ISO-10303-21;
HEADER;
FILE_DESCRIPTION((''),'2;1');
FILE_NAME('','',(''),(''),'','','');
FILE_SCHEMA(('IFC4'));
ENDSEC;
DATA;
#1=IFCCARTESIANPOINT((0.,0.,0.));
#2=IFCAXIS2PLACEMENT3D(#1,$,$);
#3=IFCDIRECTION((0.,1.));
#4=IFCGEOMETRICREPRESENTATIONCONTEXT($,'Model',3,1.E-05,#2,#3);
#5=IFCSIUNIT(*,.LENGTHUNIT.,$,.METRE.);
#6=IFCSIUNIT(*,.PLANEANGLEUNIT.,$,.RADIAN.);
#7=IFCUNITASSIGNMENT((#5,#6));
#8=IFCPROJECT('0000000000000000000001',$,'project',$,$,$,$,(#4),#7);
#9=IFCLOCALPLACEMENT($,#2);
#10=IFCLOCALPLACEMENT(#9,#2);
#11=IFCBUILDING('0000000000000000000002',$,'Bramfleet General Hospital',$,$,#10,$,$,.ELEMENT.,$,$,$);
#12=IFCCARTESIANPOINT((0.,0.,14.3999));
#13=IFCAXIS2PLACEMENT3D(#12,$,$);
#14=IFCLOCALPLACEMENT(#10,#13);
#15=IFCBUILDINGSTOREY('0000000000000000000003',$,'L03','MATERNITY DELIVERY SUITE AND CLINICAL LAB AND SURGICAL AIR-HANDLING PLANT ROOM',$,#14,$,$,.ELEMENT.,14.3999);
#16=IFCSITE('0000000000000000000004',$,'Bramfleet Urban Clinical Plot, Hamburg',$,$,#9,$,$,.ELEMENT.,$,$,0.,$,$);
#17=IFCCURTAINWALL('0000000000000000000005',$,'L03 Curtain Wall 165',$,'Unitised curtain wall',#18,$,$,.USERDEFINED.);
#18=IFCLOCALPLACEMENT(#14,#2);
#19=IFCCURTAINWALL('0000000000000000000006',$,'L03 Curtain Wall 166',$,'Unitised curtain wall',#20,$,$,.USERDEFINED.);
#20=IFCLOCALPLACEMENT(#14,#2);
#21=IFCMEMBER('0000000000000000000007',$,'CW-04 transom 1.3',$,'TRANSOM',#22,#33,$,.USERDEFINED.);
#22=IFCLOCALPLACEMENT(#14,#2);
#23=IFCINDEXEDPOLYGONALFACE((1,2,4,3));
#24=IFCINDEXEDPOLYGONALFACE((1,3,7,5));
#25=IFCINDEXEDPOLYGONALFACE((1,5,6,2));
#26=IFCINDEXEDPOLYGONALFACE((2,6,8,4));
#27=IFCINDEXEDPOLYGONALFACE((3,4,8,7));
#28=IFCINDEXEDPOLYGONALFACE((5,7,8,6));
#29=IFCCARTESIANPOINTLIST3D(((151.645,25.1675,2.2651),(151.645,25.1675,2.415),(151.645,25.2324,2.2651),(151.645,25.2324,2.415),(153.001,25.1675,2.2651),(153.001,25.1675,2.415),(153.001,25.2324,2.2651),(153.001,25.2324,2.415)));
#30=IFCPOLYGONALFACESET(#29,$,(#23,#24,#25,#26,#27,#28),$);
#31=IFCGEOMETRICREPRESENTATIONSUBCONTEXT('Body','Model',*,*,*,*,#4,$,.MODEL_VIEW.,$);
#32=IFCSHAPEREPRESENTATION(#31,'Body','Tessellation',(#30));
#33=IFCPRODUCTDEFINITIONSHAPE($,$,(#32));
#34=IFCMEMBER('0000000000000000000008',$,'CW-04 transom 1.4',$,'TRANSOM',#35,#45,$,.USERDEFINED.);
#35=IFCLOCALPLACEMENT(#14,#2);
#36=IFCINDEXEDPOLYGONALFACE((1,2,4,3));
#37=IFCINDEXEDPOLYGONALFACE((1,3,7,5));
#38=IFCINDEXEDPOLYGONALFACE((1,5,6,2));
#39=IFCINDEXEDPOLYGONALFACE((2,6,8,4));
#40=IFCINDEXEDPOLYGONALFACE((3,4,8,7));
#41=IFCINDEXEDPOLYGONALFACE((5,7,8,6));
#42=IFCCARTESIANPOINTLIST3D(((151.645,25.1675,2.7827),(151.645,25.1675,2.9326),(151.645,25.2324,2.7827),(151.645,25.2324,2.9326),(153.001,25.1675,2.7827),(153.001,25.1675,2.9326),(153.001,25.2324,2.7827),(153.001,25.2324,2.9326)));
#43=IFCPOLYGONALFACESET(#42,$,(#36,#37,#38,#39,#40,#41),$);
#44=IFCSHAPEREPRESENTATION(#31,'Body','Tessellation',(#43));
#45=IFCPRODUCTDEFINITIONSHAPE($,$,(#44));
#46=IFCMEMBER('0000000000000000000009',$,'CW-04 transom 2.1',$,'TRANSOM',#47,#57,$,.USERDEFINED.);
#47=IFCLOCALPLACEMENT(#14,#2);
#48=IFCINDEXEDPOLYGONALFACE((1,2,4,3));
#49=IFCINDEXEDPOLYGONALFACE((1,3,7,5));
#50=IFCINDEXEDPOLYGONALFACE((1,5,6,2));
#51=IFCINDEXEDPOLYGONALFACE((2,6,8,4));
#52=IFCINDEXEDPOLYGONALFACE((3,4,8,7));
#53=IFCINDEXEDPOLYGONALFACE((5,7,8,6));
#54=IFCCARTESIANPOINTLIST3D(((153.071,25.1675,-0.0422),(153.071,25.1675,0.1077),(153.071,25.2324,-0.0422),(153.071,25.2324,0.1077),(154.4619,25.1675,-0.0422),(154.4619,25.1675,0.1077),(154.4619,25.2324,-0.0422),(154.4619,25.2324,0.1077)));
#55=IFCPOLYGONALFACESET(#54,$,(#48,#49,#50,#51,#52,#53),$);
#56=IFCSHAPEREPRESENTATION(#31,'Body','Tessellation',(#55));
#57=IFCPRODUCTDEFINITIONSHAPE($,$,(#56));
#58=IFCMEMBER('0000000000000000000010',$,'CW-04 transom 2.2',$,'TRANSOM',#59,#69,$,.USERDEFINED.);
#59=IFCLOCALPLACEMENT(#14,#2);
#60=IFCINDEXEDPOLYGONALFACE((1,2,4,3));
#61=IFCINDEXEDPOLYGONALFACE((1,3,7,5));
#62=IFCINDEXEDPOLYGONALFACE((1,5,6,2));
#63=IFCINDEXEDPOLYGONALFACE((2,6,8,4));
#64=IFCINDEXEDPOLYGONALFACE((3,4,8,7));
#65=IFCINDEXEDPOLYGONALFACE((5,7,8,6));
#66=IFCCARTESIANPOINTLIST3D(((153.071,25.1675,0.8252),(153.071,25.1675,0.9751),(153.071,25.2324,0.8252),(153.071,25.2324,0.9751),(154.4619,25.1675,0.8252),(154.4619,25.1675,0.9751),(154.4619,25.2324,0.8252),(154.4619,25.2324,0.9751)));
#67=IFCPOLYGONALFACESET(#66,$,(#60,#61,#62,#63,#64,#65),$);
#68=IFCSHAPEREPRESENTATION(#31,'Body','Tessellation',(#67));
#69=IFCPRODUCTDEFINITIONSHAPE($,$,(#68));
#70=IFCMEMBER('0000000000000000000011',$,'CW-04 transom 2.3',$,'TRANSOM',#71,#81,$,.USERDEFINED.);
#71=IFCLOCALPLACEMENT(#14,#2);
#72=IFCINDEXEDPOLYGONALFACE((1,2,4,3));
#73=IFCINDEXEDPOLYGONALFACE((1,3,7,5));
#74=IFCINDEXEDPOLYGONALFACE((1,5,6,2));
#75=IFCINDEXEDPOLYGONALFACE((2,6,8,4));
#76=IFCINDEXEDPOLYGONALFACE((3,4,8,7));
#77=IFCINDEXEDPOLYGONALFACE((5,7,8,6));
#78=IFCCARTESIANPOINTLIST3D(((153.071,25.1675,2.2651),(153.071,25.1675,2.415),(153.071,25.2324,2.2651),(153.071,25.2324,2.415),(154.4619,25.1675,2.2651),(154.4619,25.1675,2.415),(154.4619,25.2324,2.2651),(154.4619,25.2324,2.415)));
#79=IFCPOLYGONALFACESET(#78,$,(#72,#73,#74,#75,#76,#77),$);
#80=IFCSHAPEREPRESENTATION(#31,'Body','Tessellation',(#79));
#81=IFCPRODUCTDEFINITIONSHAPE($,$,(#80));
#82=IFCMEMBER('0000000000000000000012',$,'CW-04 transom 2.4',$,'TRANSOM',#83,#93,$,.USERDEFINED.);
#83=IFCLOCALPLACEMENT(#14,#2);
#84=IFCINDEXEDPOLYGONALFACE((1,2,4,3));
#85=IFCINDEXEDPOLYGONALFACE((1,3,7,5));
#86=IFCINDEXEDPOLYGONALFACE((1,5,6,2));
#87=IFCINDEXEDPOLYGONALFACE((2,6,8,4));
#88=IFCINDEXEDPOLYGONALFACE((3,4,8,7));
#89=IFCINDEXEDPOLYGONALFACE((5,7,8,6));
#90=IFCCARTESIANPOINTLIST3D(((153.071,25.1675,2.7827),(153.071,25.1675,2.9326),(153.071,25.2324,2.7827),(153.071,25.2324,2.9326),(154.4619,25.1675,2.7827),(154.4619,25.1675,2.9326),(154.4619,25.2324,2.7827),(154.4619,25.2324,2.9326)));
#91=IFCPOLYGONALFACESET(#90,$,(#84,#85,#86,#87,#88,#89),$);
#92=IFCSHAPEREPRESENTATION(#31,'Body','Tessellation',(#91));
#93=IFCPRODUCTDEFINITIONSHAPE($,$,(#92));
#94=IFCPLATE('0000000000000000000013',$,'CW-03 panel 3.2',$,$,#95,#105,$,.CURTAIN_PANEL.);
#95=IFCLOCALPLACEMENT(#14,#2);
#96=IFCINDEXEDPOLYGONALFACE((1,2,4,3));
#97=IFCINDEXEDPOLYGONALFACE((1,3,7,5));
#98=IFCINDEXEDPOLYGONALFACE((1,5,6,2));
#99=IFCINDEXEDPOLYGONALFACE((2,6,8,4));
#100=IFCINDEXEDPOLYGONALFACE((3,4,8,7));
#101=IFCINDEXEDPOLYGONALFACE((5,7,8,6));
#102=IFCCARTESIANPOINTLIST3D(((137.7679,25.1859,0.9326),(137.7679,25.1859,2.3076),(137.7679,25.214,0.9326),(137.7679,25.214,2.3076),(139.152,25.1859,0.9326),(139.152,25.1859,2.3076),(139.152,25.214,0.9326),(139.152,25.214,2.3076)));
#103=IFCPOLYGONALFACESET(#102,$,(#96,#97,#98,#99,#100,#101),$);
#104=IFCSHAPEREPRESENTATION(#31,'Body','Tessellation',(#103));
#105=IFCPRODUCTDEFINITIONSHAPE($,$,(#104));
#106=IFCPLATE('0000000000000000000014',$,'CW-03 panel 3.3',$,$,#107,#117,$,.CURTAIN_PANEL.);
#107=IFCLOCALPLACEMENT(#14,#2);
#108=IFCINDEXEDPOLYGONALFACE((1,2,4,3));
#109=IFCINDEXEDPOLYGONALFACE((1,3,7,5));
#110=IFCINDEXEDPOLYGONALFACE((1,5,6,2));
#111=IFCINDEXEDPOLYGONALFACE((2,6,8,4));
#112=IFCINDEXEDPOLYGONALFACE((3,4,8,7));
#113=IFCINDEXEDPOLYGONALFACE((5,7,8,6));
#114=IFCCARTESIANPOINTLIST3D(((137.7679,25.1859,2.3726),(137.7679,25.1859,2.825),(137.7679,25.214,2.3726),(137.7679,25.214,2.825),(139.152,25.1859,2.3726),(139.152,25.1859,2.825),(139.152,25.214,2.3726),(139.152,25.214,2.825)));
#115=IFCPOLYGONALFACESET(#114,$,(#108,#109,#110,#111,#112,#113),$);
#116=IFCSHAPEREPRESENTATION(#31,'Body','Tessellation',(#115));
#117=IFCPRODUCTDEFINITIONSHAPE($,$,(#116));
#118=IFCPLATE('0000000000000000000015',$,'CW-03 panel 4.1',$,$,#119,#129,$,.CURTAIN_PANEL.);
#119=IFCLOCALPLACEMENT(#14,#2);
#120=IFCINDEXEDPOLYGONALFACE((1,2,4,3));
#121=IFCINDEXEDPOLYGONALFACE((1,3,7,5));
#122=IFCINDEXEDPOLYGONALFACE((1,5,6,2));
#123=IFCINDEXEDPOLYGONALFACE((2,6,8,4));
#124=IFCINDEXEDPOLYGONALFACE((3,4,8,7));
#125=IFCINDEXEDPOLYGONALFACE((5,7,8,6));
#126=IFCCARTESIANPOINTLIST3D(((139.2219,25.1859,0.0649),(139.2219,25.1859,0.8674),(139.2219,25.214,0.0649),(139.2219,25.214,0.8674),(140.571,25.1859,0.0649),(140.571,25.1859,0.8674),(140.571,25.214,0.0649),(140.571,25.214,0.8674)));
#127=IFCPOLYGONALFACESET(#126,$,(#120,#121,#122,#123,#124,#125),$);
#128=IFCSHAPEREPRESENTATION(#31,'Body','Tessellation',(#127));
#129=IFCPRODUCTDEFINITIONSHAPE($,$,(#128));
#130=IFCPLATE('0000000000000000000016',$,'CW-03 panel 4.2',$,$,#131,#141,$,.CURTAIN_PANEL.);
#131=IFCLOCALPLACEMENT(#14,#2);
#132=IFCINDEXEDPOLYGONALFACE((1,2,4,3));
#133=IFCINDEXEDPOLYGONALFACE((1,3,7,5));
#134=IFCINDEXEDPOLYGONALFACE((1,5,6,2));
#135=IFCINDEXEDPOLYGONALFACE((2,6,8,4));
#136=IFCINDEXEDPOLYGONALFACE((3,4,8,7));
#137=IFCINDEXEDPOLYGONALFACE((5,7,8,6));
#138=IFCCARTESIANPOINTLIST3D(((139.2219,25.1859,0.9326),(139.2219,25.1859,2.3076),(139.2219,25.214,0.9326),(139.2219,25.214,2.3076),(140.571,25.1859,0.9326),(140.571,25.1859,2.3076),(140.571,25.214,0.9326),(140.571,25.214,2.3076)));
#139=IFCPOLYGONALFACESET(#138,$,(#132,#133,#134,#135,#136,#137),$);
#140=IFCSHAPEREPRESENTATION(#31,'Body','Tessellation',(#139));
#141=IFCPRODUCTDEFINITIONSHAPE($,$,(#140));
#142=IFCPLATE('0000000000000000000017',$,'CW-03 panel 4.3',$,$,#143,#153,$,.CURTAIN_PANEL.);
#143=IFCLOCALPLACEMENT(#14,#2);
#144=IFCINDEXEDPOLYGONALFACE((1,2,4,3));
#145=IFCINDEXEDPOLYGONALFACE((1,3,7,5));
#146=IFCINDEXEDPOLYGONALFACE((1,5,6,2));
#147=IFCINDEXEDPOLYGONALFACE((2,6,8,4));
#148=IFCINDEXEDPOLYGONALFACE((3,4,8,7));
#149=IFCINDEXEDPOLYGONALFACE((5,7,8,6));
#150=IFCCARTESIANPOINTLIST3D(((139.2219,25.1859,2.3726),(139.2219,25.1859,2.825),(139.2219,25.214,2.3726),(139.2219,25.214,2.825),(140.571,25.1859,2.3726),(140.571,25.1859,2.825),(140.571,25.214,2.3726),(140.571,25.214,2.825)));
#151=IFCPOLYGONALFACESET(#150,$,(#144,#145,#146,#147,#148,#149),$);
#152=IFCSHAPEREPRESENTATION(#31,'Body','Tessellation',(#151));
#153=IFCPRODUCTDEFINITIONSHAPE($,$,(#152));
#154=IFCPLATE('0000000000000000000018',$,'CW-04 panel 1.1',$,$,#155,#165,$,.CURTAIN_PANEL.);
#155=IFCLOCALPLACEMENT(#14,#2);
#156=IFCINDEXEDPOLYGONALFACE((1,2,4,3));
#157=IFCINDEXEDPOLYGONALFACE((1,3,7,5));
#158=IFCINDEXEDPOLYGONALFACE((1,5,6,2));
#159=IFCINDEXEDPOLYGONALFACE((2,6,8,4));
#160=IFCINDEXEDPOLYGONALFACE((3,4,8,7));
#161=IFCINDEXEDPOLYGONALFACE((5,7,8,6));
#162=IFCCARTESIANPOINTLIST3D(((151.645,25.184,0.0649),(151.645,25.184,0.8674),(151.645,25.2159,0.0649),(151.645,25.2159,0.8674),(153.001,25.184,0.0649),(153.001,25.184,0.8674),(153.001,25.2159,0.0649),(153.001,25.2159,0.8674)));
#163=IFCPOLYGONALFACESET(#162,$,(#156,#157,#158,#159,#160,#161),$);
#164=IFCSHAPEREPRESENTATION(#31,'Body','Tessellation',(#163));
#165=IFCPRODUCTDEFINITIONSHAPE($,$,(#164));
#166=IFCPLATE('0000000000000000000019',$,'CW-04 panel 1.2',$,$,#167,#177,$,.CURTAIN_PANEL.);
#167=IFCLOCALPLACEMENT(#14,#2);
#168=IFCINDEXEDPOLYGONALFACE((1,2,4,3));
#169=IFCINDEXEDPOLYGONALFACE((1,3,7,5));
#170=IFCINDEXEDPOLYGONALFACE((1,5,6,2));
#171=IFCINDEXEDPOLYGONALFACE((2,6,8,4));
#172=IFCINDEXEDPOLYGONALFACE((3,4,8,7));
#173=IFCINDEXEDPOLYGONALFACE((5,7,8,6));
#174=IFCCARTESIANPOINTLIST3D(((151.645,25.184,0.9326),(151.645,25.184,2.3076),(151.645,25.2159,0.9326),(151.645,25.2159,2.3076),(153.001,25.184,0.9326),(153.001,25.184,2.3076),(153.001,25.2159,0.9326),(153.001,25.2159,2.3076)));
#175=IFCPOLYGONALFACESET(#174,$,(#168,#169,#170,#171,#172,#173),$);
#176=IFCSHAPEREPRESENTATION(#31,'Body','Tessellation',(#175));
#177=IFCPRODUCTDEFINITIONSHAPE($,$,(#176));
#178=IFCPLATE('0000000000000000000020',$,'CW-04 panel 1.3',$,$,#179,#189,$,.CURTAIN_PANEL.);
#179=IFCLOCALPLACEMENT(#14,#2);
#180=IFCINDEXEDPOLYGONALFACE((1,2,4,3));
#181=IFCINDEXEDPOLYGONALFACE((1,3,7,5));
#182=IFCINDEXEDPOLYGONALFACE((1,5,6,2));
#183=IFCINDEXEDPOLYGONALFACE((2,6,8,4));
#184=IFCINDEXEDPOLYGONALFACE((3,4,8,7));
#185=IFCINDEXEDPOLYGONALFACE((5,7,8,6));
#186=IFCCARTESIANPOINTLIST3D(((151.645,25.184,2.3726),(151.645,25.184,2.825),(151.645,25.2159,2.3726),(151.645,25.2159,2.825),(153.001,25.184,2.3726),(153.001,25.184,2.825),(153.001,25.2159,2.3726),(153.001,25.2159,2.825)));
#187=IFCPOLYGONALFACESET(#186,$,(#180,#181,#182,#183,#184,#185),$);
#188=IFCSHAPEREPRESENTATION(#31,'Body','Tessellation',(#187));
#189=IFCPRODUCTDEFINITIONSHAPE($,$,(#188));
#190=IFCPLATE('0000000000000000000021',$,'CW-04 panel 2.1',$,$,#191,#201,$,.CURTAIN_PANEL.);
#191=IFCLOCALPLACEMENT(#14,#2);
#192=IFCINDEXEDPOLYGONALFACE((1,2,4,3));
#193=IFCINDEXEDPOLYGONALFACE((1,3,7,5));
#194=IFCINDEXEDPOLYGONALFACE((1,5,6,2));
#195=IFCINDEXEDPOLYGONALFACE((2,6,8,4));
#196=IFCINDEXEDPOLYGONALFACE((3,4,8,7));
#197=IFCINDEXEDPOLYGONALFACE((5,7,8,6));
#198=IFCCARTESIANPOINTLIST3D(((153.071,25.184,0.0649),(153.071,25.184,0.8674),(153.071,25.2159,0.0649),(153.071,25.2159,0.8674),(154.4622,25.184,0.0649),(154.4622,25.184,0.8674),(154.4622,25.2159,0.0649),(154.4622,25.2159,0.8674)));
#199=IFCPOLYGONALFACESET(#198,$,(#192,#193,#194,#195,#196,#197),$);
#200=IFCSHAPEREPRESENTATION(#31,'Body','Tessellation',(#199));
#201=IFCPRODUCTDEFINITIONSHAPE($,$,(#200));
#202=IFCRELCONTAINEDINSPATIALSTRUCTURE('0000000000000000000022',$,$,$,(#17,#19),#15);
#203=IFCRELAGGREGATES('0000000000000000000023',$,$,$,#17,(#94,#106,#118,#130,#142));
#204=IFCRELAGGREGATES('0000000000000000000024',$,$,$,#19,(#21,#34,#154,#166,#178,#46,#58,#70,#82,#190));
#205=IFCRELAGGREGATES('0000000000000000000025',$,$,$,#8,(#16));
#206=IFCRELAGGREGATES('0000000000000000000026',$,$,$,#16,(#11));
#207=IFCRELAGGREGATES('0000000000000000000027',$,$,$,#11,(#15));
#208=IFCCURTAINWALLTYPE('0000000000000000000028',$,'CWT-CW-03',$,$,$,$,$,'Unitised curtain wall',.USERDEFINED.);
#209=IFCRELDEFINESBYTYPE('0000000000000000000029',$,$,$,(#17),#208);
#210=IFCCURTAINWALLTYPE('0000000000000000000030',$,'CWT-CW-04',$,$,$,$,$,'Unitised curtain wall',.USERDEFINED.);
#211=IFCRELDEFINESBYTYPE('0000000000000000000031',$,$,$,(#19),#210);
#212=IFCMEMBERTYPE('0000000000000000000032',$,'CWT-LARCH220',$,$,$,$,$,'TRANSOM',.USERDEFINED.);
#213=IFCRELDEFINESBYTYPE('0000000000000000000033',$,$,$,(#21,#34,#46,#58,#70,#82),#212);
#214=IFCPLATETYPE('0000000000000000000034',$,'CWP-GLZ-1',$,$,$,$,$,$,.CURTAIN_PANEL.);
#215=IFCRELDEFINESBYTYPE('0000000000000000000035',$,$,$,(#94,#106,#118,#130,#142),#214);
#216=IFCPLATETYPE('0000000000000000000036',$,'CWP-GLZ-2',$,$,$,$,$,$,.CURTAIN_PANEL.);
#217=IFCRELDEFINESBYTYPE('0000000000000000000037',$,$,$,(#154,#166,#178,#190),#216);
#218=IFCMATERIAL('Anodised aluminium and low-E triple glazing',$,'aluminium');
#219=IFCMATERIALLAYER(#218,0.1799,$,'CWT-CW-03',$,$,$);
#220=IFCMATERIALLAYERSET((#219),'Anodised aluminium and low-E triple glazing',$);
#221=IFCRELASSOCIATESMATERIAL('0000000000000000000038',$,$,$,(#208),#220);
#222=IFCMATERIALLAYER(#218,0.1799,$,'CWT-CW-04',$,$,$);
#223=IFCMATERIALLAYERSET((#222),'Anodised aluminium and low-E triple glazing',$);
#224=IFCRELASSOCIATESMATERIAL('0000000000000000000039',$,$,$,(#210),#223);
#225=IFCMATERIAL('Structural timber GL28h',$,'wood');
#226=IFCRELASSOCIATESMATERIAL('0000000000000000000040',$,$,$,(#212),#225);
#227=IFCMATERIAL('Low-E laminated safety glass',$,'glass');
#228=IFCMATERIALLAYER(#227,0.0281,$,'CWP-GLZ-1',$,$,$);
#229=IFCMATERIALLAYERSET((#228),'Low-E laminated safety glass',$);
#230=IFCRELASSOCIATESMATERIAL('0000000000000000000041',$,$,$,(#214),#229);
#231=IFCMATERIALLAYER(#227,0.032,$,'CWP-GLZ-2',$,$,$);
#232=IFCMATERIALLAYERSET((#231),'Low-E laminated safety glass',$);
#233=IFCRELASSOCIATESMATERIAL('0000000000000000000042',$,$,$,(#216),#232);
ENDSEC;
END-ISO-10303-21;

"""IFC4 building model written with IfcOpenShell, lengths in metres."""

from ifc_helpers import new_model, si_unit, direction, frame, origin, origin_2d, place, context, subcontext, project, spatial, rectangle, extrude, material, layer, layer_set, material_profile, profile_set, type_object, element, aggregate, save


model = new_model("IFC4")

# Units and contexts
model_context = context("Model", 3, precision=1e-05, world=origin(), true_north=direction((0.0, 1.0)))
body_context = subcontext(model_context, "Body", "Model", "MODEL_VIEW")
ifc_project = project(units=[si_unit("LENGTHUNIT", "METRE"), si_unit("PLANEANGLEUNIT", "RADIAN")], contexts=[model_context])

# Site, building, storey
site_placement = place(None, origin())
site = spatial("IfcSite", under=ifc_project, at=site_placement, Name="Bramfleet Urban Clinical Plot, Hamburg", CompositionType="ELEMENT", RefElevation=0.0)
building_placement = place(site_placement, origin())
building = spatial("IfcBuilding", under=site, at=building_placement, Name="Bramfleet General Hospital", CompositionType="ELEMENT")
storey_placement = place(building_placement, frame((0.0, 0.0, 14.3999)))
storey = spatial("IfcBuildingStorey", under=building, at=storey_placement, Name="L03", Description="MATERNITY DELIVERY SUITE AND CLINICAL LAB AND SURGICAL AIR-HANDLING PLANT ROOM", CompositionType="ELEMENT", Elevation=14.3999)

# Curtain walls
ifc_material_1 = material(Name="Anodised aluminium and low-E triple glazing", Category="aluminium")
ifc_layer_1 = layer(ifc_material_1, 0.1799, Name="CWT-CW-03")
ifc_layer_set_1 = layer_set([ifc_layer_1], Name="Anodised aluminium and low-E triple glazing")
curtain_wall_type_1 = type_object("IfcCurtainWallType", Name="CWT-CW-03", ElementType="Unitised curtain wall", PredefinedType="USERDEFINED", material=ifc_layer_set_1)
curtain_wall_1_placement = place(storey_placement, origin())
curtain_wall_1 = element("IfcCurtainWall", 1, at=curtain_wall_1_placement, inside=storey, type_object=curtain_wall_type_1, Name="L03 Curtain Wall 165", ObjectType="Unitised curtain wall", PredefinedType="USERDEFINED")
ifc_material_2 = material(Name="Structural timber GL28h", Category="wood")
ifc_layer_2 = layer(ifc_material_1, 0.1799, Name="CWT-CW-04")
ifc_layer_set_2 = layer_set([ifc_layer_2], Name="Anodised aluminium and low-E triple glazing")
curtain_wall_type_2 = type_object("IfcCurtainWallType", Name="CWT-CW-04", ElementType="Unitised curtain wall", PredefinedType="USERDEFINED", material=ifc_layer_set_2)
curtain_wall_2_placement = place(storey_placement, origin())
curtain_wall_2 = element("IfcCurtainWall", 2, at=curtain_wall_2_placement, inside=storey, type_object=curtain_wall_type_2, Name="L03 Curtain Wall 166", ObjectType="Unitised curtain wall", PredefinedType="USERDEFINED")

# Members
ifc_material_profile_1 = material_profile(ifc_material_2, rectangle(XDim=0.0649, YDim=0.1499, at=origin_2d()), Name="LARCH 150x65")
ifc_profile_set_1 = profile_set([ifc_material_profile_1], Name="Structural timber GL28h")
member_type_1 = type_object("IfcMemberType", Name="CWT-LARCH220", ElementType="TRANSOM", PredefinedType="USERDEFINED", material=ifc_profile_set_1)
member_1_placement = place(storey_placement, frame((151.645, 25.2, 2.3401), z_axis=(1.0, 0.0, 0.0), x_axis=(0.0, 1.0, 0.0)))
member_1 = element("IfcMember", 3, at=member_1_placement, type_object=member_type_1, Name="CW-04 transom 1.3", ObjectType="TRANSOM", PredefinedType="USERDEFINED", context=body_context, shape_type="SweptSolid", body=[
    extrude(rectangle(XDim=0.0649, YDim=0.1499, at=origin_2d()), origin(), (0.0, 0.0, 1.0), 1.356),
])
member_2_placement = place(storey_placement, frame((151.645, 25.2, 2.8577), z_axis=(1.0, 0.0, 0.0), x_axis=(0.0, 1.0, 0.0)))
member_2 = element("IfcMember", 4, at=member_2_placement, type_object=member_type_1, Name="CW-04 transom 1.4", ObjectType="TRANSOM", PredefinedType="USERDEFINED", context=body_context, shape_type="SweptSolid", body=[
    extrude(rectangle(XDim=0.0649, YDim=0.1499, at=origin_2d()), origin(), (0.0, 0.0, 1.0), 1.356),
])
member_3_placement = place(storey_placement, frame((153.071, 25.2, 0.0327), z_axis=(1.0, 0.0, 0.0), x_axis=(0.0, 1.0, 0.0)))
member_3 = element("IfcMember", 5, at=member_3_placement, type_object=member_type_1, Name="CW-04 transom 2.1", ObjectType="TRANSOM", PredefinedType="USERDEFINED", context=body_context, shape_type="SweptSolid", body=[
    extrude(rectangle(XDim=0.0649, YDim=0.1499, at=origin_2d()), origin(), (0.0, 0.0, 1.0), 1.3909),
])
member_4_placement = place(storey_placement, frame((153.071, 25.2, 0.9001), z_axis=(1.0, 0.0, 0.0), x_axis=(0.0, 1.0, 0.0)))
member_4 = element("IfcMember", 6, at=member_4_placement, type_object=member_type_1, Name="CW-04 transom 2.2", ObjectType="TRANSOM", PredefinedType="USERDEFINED", context=body_context, shape_type="SweptSolid", body=[
    extrude(rectangle(XDim=0.0649, YDim=0.1499, at=origin_2d()), origin(), (0.0, 0.0, 1.0), 1.3909),
])
member_5_placement = place(storey_placement, frame((153.071, 25.2, 2.3401), z_axis=(1.0, 0.0, 0.0), x_axis=(0.0, 1.0, 0.0)))
member_5 = element("IfcMember", 7, at=member_5_placement, type_object=member_type_1, Name="CW-04 transom 2.3", ObjectType="TRANSOM", PredefinedType="USERDEFINED", context=body_context, shape_type="SweptSolid", body=[
    extrude(rectangle(XDim=0.0649, YDim=0.1499, at=origin_2d()), origin(), (0.0, 0.0, 1.0), 1.3909),
])
member_6_placement = place(storey_placement, frame((153.071, 25.2, 2.8577), z_axis=(1.0, 0.0, 0.0), x_axis=(0.0, 1.0, 0.0)))
member_6 = element("IfcMember", 8, at=member_6_placement, type_object=member_type_1, Name="CW-04 transom 2.4", ObjectType="TRANSOM", PredefinedType="USERDEFINED", context=body_context, shape_type="SweptSolid", body=[
    extrude(rectangle(XDim=0.0649, YDim=0.1499, at=origin_2d()), origin(), (0.0, 0.0, 1.0), 1.3909),
])

# Plates
ifc_material_3 = material(Name="Low-E laminated safety glass", Category="glass")
ifc_layer_3 = layer(ifc_material_3, 0.0281, Name="CWP-GLZ-1")
ifc_layer_set_3 = layer_set([ifc_layer_3], Name="Low-E laminated safety glass")
plate_type_1 = type_object("IfcPlateType", Name="CWP-GLZ-1", PredefinedType="CURTAIN_PANEL", material=ifc_layer_set_3)
plate_1_placement = place(storey_placement, frame((138.46, 25.2, 0.9326), z_axis=(0.0, 0.0, 1.0), x_axis=(1.0, 0.0, 0.0)))
plate_1 = element("IfcPlate", 9, at=plate_1_placement, type_object=plate_type_1, Name="CW-03 panel 3.2", PredefinedType="CURTAIN_PANEL", context=body_context, shape_type="SweptSolid", body=[
    extrude(rectangle(XDim=1.384, YDim=0.0281, at=origin_2d()), origin(), (0.0, 0.0, 1.0), 1.375),
])
plate_2_placement = place(storey_placement, frame((138.46, 25.2, 2.3726), z_axis=(0.0, 0.0, 1.0), x_axis=(1.0, 0.0, 0.0)))
plate_2 = element("IfcPlate", 10, at=plate_2_placement, type_object=plate_type_1, Name="CW-03 panel 3.3", PredefinedType="CURTAIN_PANEL", context=body_context, shape_type="SweptSolid", body=[
    extrude(rectangle(XDim=1.384, YDim=0.0281, at=origin_2d()), origin(), (0.0, 0.0, 1.0), 0.4524),
])
plate_3_placement = place(storey_placement, frame((139.8965, 25.2, 0.0649), z_axis=(0.0, 0.0, 1.0), x_axis=(1.0, 0.0, 0.0)))
plate_3 = element("IfcPlate", 11, at=plate_3_placement, type_object=plate_type_1, Name="CW-03 panel 4.1", PredefinedType="CURTAIN_PANEL", context=body_context, shape_type="SweptSolid", body=[
    extrude(rectangle(XDim=1.3491, YDim=0.0281, at=origin_2d()), origin(), (0.0, 0.0, 1.0), 0.8025),
])
plate_4_placement = place(storey_placement, frame((139.8965, 25.2, 0.9326), z_axis=(0.0, 0.0, 1.0), x_axis=(1.0, 0.0, 0.0)))
plate_4 = element("IfcPlate", 12, at=plate_4_placement, type_object=plate_type_1, Name="CW-03 panel 4.2", PredefinedType="CURTAIN_PANEL", context=body_context, shape_type="SweptSolid", body=[
    extrude(rectangle(XDim=1.3491, YDim=0.0281, at=origin_2d()), origin(), (0.0, 0.0, 1.0), 1.375),
])
plate_5_placement = place(storey_placement, frame((139.8965, 25.2, 2.3726), z_axis=(0.0, 0.0, 1.0), x_axis=(1.0, 0.0, 0.0)))
plate_5 = element("IfcPlate", 13, at=plate_5_placement, type_object=plate_type_1, Name="CW-03 panel 4.3", PredefinedType="CURTAIN_PANEL", context=body_context, shape_type="SweptSolid", body=[
    extrude(rectangle(XDim=1.3491, YDim=0.0281, at=origin_2d()), origin(), (0.0, 0.0, 1.0), 0.4524),
])
aggregate(curtain_wall_1, [plate_1, plate_2, plate_3, plate_4, plate_5])
ifc_layer_4 = layer(ifc_material_3, 0.032, Name="CWP-GLZ-2")
ifc_layer_set_4 = layer_set([ifc_layer_4], Name="Low-E laminated safety glass")
plate_type_2 = type_object("IfcPlateType", Name="CWP-GLZ-2", PredefinedType="CURTAIN_PANEL", material=ifc_layer_set_4)
plate_6_placement = place(storey_placement, frame((152.323, 25.2, 0.0649), z_axis=(0.0, 0.0, 1.0), x_axis=(1.0, 0.0, 0.0)))
plate_6 = element("IfcPlate", 14, at=plate_6_placement, type_object=plate_type_2, Name="CW-04 panel 1.1", PredefinedType="CURTAIN_PANEL", context=body_context, shape_type="SweptSolid", body=[
    extrude(rectangle(XDim=1.356, YDim=0.032, at=origin_2d()), origin(), (0.0, 0.0, 1.0), 0.8025),
])
plate_7_placement = place(storey_placement, frame((152.323, 25.2, 0.9326), z_axis=(0.0, 0.0, 1.0), x_axis=(1.0, 0.0, 0.0)))
plate_7 = element("IfcPlate", 15, at=plate_7_placement, type_object=plate_type_2, Name="CW-04 panel 1.2", PredefinedType="CURTAIN_PANEL", context=body_context, shape_type="SweptSolid", body=[
    extrude(rectangle(XDim=1.356, YDim=0.032, at=origin_2d()), origin(), (0.0, 0.0, 1.0), 1.375),
])
plate_8_placement = place(storey_placement, frame((152.323, 25.2, 2.3726), z_axis=(0.0, 0.0, 1.0), x_axis=(1.0, 0.0, 0.0)))
plate_8 = element("IfcPlate", 16, at=plate_8_placement, type_object=plate_type_2, Name="CW-04 panel 1.3", PredefinedType="CURTAIN_PANEL", context=body_context, shape_type="SweptSolid", body=[
    extrude(rectangle(XDim=1.356, YDim=0.032, at=origin_2d()), origin(), (0.0, 0.0, 1.0), 0.4524),
])
plate_9_placement = place(storey_placement, frame((153.7666, 25.2, 0.0649), z_axis=(0.0, 0.0, 1.0), x_axis=(1.0, 0.0, 0.0)))
plate_9 = element("IfcPlate", 17, at=plate_9_placement, type_object=plate_type_2, Name="CW-04 panel 2.1", PredefinedType="CURTAIN_PANEL", context=body_context, shape_type="SweptSolid", body=[
    extrude(rectangle(XDim=1.3911, YDim=0.032, at=origin_2d()), origin(), (0.0, 0.0, 1.0), 0.8025),
])
aggregate(curtain_wall_2, [member_1, member_2, plate_6, plate_7, plate_8, member_3, member_4, member_5, member_6, plate_9])

save(model, "model.ifc")
